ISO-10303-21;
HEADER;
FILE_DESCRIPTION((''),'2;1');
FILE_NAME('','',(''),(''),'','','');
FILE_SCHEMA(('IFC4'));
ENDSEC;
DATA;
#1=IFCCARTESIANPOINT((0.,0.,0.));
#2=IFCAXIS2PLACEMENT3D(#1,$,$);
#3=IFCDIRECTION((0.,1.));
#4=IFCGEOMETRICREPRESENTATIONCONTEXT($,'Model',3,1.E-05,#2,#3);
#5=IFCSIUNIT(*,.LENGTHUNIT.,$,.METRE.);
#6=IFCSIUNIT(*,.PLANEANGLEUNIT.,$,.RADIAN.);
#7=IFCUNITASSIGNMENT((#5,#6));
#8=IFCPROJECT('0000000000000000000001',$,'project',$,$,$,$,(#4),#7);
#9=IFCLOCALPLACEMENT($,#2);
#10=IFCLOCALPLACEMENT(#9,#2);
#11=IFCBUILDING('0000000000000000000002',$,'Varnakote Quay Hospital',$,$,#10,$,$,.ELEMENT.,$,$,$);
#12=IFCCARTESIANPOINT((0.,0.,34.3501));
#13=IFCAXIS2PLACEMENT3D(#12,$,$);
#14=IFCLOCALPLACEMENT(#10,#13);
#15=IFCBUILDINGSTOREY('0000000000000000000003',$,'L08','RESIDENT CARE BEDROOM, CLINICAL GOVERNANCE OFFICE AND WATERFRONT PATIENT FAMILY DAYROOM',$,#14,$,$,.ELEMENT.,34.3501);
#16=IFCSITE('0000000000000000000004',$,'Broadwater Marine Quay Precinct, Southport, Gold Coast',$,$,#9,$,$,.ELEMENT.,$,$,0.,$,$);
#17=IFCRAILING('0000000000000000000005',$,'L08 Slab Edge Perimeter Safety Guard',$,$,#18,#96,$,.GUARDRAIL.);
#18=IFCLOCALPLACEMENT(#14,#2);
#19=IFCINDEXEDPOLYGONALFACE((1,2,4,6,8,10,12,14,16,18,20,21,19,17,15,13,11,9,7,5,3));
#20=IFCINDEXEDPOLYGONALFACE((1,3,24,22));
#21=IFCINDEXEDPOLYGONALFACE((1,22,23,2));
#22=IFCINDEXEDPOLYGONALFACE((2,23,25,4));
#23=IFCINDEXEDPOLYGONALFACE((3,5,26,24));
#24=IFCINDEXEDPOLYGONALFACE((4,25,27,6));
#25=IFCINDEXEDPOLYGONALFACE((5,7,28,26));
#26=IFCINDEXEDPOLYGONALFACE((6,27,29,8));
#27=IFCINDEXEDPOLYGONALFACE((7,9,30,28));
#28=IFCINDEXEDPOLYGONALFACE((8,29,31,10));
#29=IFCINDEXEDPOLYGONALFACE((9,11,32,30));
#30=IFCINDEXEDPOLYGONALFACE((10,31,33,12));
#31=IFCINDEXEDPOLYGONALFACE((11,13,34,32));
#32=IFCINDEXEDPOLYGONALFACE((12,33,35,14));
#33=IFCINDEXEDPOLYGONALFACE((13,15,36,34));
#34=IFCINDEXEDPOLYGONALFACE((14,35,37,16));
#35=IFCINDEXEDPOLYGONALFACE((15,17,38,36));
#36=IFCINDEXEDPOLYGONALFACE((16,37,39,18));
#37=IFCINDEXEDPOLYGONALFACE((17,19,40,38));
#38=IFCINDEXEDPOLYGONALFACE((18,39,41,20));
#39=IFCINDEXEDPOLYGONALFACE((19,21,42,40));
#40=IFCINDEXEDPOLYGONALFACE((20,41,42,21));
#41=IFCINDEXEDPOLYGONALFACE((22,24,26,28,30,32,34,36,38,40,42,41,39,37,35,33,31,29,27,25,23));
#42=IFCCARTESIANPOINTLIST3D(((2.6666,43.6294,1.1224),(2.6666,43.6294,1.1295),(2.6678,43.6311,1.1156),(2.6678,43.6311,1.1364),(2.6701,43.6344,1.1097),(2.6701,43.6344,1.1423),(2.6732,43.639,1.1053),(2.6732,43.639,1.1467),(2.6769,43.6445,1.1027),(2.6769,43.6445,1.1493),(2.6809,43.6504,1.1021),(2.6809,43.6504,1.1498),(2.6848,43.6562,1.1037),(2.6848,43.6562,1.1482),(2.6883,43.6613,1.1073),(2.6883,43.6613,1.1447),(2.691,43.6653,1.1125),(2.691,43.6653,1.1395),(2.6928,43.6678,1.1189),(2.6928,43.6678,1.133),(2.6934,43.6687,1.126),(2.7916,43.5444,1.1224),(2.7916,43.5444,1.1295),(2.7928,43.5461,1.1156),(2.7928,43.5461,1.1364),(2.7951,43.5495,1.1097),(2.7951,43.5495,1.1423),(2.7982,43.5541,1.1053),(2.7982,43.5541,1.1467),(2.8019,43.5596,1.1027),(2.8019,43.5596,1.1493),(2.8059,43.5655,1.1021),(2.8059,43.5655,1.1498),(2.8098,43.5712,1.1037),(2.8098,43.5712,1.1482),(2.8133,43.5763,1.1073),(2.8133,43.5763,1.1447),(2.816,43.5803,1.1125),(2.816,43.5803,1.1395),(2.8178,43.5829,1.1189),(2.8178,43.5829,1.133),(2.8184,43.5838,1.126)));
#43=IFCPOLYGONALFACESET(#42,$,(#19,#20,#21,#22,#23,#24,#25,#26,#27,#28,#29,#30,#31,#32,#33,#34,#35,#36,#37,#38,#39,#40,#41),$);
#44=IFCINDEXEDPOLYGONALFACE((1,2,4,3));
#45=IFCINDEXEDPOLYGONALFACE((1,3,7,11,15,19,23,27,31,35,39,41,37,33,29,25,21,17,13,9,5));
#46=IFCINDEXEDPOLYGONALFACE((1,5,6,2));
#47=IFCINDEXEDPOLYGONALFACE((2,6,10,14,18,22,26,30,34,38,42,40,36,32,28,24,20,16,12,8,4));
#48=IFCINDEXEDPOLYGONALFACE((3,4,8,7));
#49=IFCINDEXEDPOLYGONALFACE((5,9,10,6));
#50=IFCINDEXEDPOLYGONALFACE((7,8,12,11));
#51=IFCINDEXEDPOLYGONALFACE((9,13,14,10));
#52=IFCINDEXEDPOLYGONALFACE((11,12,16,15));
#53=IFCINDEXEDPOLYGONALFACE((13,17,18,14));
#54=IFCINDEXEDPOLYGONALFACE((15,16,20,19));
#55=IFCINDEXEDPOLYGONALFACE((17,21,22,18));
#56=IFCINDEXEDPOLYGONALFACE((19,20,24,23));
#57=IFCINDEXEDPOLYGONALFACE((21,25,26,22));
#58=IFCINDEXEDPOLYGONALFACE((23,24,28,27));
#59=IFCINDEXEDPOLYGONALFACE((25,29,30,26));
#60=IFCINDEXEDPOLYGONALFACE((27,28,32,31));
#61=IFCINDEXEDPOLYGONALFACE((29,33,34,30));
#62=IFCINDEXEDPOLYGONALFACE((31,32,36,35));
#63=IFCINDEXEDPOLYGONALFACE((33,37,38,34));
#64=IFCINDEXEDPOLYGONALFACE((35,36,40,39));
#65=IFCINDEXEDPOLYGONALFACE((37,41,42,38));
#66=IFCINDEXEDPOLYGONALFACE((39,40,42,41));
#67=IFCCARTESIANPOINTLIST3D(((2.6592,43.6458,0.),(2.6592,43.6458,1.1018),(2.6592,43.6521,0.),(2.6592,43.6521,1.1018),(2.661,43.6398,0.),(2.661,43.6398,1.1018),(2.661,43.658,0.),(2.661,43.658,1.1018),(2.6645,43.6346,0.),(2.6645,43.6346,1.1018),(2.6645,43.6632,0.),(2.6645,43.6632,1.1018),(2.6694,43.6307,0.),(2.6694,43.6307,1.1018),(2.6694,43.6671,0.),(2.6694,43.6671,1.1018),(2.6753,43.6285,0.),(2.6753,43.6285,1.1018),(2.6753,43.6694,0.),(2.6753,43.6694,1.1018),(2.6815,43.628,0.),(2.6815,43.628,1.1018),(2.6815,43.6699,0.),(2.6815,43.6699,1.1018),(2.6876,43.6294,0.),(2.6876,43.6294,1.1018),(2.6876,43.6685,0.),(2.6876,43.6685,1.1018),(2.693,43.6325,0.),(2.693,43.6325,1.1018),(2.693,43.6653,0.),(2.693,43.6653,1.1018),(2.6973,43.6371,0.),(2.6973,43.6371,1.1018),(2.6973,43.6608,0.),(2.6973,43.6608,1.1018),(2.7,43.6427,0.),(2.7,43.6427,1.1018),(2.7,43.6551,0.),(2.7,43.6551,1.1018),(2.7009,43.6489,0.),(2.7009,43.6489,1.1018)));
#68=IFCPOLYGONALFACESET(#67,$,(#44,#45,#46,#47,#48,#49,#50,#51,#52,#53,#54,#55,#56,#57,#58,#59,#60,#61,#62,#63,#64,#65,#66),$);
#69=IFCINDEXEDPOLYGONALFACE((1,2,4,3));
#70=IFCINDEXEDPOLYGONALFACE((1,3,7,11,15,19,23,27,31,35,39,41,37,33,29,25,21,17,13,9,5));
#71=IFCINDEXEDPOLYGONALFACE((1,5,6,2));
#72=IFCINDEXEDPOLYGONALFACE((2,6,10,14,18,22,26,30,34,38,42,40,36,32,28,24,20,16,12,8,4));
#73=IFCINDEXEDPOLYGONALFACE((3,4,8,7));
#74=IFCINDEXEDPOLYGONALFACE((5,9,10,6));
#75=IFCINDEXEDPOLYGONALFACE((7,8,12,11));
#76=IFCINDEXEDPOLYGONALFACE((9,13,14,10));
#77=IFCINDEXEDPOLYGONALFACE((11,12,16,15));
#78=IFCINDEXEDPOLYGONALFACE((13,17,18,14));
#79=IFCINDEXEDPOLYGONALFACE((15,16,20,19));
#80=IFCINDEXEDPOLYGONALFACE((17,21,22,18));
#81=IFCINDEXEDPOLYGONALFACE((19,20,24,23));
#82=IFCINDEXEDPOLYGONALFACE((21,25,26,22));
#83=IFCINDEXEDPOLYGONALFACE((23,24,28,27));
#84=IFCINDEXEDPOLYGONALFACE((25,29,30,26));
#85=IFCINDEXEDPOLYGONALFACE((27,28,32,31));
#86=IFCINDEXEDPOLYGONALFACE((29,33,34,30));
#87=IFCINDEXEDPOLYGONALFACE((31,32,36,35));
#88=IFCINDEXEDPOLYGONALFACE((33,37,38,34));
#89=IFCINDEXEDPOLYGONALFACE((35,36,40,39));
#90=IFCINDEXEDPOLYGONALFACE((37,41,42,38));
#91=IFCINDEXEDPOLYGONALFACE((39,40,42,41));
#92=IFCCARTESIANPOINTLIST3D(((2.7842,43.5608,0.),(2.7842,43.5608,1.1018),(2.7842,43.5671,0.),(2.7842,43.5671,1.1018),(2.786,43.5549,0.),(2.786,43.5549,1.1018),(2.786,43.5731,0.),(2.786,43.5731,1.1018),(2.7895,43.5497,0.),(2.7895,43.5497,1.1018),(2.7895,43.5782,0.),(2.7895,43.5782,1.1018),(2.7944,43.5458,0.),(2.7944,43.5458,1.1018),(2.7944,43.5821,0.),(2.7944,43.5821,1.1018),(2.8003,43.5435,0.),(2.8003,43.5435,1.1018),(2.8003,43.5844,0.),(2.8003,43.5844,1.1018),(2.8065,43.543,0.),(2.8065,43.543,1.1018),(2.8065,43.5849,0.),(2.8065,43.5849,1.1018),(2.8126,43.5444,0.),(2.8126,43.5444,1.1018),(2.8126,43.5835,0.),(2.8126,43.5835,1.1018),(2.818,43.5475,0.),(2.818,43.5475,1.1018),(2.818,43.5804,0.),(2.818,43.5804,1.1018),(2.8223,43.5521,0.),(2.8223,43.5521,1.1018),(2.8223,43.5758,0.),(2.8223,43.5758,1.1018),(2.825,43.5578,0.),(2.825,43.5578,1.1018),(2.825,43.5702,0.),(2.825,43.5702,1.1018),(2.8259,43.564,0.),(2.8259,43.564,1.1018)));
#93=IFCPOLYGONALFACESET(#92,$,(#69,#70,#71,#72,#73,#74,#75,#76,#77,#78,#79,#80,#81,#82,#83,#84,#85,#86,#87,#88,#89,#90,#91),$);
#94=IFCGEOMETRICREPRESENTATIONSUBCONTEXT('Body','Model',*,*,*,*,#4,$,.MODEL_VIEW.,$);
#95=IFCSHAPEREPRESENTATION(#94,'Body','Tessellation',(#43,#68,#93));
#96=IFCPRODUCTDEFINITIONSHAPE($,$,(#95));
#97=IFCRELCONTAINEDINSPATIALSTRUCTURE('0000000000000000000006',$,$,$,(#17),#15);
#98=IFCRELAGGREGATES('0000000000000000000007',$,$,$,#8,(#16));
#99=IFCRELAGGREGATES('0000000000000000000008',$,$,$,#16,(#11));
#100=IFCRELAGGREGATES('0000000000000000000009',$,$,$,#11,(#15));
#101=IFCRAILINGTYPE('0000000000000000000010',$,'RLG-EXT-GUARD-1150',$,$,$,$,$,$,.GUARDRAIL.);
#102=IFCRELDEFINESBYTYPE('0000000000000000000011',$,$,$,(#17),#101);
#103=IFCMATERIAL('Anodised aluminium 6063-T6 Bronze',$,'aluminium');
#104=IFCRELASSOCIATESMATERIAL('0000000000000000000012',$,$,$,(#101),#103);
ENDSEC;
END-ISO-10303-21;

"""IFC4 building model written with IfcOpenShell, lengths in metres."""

from ifc_helpers import new_model, si_unit, direction, frame, origin, origin_2d, place, context, subcontext, project, spatial, circle, extrude, material, type_object, element, save


model = new_model("IFC4")

# Units and contexts
model_context = context("Model", 3, precision=1e-05, world=origin(), true_north=direction((0.0, 1.0)))
body_context = subcontext(model_context, "Body", "Model", "MODEL_VIEW")
ifc_project = project(units=[si_unit("LENGTHUNIT", "METRE"), si_unit("PLANEANGLEUNIT", "RADIAN")], contexts=[model_context])

# Site, building, storey
site_placement = place(None, origin())
site = spatial("IfcSite", under=ifc_project, at=site_placement, Name="Broadwater Marine Quay Precinct, Southport, Gold Coast", CompositionType="ELEMENT", RefElevation=0.0)
building_placement = place(site_placement, origin())
building = spatial("IfcBuilding", under=site, at=building_placement, Name="Varnakote Quay Hospital", CompositionType="ELEMENT")
storey_placement = place(building_placement, frame((0.0, 0.0, 34.3501)))
storey = spatial("IfcBuildingStorey", under=building, at=storey_placement, Name="L08", Description="RESIDENT CARE BEDROOM, CLINICAL GOVERNANCE OFFICE AND WATERFRONT PATIENT FAMILY DAYROOM", CompositionType="ELEMENT", Elevation=34.3501)

# Railing
ifc_material_1 = material(Name="Anodised aluminium 6063-T6 Bronze", Category="aluminium")
railing_type = type_object("IfcRailingType", Name="RLG-EXT-GUARD-1150", PredefinedType="GUARDRAIL", material=ifc_material_1)
railing_1_placement = place(storey_placement, frame((2.6799, 43.6489, 0.0)))
element("IfcRailing", 1, at=railing_1_placement, inside=storey, type_object=railing_type, Name="L08 Slab Edge Perimeter Safety Guard", PredefinedType="GUARDRAIL", context=body_context, shape_type="SweptSolid", body=[
    extrude(circle(Radius=0.0239, at=origin_2d()), frame((0.0, 0.0, 1.126), z_axis=(0.827047, -0.562133, 0.0), x_axis=(0.562133, 0.827047, 0.0)), (0.0, 0.0, 1.0), 0.1511),
    extrude(circle(Radius=0.021, at=origin_2d()), origin(), (0.0, 0.0, 1.0), 1.1018),
    extrude(circle(Radius=0.021, at=origin_2d()), frame((0.125, -0.085, 0.0)), (0.0, 0.0, 1.0), 1.1018),
])

save(model, "model.ifc")
